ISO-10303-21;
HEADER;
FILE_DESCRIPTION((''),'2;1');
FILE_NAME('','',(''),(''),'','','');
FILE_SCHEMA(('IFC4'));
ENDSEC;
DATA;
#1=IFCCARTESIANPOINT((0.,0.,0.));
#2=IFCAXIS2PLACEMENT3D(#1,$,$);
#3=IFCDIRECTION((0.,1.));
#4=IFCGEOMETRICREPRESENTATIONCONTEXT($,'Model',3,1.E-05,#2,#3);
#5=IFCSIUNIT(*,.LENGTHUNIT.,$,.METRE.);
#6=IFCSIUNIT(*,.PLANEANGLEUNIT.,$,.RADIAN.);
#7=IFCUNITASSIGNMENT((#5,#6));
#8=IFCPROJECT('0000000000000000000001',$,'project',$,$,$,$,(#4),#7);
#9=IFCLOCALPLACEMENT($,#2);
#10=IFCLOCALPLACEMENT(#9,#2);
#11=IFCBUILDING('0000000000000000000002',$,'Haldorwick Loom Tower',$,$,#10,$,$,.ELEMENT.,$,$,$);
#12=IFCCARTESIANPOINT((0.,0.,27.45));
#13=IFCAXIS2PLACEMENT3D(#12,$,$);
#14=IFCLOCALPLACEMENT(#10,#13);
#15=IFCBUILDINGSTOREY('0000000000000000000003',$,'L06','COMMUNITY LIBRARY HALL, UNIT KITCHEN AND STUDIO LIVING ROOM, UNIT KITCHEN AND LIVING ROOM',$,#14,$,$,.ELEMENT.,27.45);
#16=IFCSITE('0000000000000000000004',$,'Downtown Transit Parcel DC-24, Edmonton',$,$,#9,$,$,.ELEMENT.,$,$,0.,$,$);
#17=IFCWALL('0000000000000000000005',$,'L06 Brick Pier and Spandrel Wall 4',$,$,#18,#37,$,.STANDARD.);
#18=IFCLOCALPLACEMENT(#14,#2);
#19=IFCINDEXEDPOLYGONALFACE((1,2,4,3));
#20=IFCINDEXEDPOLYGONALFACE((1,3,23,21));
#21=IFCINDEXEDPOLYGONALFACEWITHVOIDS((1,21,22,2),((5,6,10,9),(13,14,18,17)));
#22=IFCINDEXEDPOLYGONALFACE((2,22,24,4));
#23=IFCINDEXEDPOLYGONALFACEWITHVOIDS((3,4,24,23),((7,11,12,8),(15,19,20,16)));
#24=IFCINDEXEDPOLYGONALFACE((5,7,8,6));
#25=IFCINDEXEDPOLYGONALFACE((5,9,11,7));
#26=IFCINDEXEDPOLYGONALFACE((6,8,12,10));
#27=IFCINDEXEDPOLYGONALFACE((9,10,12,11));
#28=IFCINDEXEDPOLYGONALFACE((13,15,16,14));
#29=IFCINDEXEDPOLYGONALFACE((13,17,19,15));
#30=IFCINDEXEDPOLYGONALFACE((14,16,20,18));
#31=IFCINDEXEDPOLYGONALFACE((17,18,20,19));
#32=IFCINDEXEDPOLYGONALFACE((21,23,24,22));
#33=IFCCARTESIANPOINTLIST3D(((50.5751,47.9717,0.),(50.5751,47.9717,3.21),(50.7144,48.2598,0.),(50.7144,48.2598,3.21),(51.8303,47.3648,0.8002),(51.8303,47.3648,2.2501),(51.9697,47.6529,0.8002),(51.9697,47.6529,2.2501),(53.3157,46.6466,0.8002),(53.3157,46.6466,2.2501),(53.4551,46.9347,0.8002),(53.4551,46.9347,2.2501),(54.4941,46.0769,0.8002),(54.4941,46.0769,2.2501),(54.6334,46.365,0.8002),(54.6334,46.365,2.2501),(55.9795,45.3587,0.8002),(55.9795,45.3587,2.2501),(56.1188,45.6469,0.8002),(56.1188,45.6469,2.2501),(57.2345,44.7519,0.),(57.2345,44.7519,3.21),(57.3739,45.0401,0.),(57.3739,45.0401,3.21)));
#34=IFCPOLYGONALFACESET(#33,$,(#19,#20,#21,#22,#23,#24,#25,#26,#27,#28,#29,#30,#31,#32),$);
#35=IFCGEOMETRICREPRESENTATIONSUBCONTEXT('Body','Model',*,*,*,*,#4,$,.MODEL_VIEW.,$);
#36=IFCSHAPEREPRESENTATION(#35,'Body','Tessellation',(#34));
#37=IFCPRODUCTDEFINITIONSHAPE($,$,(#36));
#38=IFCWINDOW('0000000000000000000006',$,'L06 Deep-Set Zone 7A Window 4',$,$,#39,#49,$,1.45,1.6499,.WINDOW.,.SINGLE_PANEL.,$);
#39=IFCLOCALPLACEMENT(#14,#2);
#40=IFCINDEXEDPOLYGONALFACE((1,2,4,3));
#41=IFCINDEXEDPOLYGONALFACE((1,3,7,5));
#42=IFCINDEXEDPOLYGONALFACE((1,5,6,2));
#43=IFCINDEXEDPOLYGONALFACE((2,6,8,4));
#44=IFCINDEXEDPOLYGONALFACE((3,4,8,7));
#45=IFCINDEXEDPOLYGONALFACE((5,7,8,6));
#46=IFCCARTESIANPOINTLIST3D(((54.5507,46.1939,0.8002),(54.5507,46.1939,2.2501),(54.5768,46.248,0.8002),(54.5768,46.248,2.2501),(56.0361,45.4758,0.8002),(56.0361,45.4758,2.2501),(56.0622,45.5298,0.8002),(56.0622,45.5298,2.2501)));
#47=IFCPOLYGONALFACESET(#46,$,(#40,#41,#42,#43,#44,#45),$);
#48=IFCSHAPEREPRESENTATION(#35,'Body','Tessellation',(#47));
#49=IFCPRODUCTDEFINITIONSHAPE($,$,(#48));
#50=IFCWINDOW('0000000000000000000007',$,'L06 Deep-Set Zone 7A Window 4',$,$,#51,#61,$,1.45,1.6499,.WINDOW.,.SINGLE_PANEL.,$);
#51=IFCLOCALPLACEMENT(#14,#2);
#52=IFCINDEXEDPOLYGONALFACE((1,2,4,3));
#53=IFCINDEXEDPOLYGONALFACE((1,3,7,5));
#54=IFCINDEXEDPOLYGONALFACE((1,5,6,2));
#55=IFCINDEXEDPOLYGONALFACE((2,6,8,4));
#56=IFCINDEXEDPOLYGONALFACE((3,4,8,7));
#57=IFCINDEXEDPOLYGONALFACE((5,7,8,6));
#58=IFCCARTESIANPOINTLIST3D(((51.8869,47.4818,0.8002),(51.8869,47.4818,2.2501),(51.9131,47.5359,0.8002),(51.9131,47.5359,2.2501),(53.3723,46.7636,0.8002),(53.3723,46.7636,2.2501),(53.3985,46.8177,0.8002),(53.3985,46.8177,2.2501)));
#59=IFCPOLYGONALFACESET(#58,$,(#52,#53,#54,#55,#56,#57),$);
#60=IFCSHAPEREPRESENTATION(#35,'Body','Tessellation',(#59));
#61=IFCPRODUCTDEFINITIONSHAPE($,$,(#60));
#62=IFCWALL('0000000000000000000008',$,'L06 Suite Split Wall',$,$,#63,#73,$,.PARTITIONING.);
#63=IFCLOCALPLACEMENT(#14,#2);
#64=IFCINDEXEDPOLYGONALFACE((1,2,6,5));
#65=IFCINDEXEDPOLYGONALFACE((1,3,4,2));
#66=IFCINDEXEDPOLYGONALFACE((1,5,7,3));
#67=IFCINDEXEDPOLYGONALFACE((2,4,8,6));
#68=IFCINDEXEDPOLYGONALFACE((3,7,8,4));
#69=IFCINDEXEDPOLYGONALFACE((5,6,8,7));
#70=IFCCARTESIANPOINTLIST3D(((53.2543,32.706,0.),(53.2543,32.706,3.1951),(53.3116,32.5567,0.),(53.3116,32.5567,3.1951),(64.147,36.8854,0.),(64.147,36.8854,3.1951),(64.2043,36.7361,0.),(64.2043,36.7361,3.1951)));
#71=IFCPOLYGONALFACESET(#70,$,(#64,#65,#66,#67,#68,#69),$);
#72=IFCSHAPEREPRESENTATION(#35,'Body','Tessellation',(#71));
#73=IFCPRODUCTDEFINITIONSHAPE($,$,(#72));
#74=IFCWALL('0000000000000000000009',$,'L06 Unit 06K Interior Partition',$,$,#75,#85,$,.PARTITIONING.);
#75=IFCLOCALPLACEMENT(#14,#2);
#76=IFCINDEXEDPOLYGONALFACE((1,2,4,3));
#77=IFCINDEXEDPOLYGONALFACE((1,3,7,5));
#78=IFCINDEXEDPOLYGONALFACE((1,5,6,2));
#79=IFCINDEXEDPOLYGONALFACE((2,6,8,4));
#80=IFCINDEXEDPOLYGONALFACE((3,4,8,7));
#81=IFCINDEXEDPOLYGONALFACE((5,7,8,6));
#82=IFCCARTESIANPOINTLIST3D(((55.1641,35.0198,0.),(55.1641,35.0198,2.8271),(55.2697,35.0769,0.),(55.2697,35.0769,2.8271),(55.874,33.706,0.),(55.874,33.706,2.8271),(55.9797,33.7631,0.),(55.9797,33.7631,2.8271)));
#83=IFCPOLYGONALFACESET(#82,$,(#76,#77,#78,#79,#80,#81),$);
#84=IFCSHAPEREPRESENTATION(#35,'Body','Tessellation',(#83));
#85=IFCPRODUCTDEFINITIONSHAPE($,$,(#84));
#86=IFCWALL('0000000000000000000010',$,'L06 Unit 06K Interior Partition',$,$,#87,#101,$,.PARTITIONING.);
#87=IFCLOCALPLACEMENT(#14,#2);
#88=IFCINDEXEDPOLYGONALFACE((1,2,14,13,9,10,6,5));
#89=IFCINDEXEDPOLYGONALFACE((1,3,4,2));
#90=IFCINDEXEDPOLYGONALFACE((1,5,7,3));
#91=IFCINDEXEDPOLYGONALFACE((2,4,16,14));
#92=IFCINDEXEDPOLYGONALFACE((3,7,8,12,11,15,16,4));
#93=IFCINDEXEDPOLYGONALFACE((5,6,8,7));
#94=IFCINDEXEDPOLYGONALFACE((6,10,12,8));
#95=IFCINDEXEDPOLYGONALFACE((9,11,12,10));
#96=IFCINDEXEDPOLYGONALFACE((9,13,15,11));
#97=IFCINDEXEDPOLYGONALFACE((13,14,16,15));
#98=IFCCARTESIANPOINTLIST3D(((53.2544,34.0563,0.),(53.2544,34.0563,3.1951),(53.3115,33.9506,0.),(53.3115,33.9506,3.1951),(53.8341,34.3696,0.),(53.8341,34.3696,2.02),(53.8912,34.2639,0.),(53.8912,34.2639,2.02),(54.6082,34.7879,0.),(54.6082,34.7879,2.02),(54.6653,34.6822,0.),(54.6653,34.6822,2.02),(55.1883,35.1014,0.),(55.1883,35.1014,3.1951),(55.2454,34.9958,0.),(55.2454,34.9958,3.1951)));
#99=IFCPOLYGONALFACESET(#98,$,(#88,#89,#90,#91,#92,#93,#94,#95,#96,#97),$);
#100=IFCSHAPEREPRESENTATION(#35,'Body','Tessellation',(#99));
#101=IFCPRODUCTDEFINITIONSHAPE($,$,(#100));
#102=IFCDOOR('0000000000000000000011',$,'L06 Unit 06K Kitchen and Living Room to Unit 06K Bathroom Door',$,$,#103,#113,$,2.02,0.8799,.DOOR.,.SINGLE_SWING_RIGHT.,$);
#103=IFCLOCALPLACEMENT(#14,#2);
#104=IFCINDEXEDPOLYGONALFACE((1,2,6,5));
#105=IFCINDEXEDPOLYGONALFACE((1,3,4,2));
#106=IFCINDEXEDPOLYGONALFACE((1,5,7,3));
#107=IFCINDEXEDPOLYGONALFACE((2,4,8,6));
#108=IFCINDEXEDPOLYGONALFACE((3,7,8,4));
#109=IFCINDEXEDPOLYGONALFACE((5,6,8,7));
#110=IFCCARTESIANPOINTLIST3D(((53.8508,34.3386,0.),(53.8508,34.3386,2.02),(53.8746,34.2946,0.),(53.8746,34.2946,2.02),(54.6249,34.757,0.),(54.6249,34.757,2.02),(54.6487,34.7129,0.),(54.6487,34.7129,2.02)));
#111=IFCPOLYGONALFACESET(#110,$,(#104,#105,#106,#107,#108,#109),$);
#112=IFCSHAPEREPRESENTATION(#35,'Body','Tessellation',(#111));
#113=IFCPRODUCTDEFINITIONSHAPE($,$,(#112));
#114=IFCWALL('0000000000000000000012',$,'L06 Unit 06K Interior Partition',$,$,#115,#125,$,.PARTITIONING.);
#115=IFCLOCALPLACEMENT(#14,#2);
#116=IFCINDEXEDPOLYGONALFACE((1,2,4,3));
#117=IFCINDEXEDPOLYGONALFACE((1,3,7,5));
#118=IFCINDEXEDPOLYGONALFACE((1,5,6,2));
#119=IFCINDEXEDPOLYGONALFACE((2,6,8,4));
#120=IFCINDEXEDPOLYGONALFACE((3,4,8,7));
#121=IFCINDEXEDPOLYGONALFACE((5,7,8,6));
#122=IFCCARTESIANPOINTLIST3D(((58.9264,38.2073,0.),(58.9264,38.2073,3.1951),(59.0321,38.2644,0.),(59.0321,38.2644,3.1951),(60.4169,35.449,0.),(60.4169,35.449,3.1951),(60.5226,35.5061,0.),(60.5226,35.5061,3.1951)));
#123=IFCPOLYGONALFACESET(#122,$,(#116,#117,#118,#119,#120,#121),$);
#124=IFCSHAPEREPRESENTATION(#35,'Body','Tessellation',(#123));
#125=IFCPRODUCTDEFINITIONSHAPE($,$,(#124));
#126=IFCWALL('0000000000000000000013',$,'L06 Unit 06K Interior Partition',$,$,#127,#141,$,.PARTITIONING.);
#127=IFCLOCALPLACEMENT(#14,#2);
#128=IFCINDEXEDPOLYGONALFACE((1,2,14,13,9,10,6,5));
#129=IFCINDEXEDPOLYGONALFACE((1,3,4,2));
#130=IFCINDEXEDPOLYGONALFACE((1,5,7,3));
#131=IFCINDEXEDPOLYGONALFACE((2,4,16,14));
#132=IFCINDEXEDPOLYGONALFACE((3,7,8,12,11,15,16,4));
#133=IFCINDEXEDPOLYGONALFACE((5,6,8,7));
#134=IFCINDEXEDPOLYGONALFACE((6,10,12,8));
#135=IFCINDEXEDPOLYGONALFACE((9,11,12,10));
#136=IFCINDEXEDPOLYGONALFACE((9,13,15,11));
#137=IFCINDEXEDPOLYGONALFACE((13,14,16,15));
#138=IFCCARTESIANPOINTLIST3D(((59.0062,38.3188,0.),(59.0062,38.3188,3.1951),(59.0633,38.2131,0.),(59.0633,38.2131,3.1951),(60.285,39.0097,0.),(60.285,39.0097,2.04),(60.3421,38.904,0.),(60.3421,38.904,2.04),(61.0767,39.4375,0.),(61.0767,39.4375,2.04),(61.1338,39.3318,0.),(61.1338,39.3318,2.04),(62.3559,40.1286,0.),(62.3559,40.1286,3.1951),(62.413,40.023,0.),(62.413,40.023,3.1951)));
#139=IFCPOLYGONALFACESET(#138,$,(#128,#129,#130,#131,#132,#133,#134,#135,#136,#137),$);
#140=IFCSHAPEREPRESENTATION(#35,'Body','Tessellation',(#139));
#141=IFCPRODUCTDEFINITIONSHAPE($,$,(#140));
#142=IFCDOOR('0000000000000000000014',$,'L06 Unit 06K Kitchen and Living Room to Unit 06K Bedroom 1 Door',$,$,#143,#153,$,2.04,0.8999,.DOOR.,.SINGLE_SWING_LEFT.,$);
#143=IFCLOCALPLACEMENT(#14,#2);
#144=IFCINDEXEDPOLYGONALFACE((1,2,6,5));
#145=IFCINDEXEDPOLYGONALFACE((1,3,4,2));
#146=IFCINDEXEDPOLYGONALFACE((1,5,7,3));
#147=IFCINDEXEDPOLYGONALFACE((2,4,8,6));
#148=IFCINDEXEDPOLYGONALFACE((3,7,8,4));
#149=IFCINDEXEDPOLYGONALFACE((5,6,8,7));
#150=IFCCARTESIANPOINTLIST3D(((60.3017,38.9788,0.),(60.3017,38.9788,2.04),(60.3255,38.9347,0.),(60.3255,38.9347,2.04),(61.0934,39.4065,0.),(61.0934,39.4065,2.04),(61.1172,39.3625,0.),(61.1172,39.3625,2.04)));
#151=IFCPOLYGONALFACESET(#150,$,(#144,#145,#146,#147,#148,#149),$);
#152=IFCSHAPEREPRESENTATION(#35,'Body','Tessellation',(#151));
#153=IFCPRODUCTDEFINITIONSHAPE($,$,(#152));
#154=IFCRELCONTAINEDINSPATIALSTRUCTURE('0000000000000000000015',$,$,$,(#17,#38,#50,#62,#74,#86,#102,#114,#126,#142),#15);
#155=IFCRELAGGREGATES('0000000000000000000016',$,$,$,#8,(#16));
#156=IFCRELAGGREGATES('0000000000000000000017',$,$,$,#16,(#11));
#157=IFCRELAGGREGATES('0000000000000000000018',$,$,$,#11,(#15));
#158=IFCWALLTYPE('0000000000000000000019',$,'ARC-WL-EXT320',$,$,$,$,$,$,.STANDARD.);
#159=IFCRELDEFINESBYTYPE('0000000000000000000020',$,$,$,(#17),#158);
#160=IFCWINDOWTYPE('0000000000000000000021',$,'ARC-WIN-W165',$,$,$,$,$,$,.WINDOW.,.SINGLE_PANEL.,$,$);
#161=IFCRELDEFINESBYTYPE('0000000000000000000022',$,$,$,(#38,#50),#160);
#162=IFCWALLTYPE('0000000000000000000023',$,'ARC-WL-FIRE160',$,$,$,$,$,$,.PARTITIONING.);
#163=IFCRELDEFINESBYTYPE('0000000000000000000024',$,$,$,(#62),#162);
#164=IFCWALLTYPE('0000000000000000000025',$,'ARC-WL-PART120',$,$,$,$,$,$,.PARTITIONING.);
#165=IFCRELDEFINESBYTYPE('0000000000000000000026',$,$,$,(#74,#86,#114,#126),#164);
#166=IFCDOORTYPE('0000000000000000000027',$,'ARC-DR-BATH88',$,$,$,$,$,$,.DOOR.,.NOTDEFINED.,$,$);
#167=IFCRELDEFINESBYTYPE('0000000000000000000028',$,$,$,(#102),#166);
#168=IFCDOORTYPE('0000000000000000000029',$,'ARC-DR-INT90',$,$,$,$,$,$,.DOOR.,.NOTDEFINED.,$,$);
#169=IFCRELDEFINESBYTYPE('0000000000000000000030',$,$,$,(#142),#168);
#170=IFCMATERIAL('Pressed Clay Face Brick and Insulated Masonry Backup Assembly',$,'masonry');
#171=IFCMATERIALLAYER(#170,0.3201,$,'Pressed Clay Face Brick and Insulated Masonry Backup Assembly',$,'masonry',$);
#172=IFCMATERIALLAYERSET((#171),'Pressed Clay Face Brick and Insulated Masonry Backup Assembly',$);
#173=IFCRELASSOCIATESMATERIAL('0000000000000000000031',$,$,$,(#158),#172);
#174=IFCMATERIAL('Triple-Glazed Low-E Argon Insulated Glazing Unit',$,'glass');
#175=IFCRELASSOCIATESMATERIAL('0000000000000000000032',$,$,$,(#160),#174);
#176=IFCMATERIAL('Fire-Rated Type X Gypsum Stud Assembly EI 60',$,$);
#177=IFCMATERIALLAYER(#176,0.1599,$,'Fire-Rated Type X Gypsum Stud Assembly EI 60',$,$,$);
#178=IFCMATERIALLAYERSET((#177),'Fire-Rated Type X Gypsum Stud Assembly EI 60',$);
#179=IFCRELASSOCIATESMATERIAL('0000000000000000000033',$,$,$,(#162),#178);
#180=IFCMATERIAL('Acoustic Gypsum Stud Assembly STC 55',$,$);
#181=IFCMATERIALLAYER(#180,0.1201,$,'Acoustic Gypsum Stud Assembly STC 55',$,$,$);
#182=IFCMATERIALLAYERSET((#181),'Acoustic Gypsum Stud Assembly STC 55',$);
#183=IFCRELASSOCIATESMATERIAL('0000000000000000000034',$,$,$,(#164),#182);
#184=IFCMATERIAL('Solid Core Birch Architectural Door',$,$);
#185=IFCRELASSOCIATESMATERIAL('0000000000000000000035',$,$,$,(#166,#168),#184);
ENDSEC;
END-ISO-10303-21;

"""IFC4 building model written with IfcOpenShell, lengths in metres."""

from ifc_helpers import new_model, si_unit, direction, frame, frame_2d, origin, place, context, subcontext, project, spatial, rectangle, extrude, material, layer, layer_set, type_object, element, fill, save


model = new_model("IFC4")

# Units and contexts
model_context = context("Model", 3, precision=1e-05, world=origin(), true_north=direction((0.0, 1.0)))
body_context = subcontext(model_context, "Body", "Model", "MODEL_VIEW")
ifc_project = project(units=[si_unit("LENGTHUNIT", "METRE"), si_unit("PLANEANGLEUNIT", "RADIAN")], contexts=[model_context])

# Site, building, storey
site_placement = place(None, origin())
site = spatial("IfcSite", under=ifc_project, at=site_placement, Name="Downtown Transit Parcel DC-24, Edmonton", CompositionType="ELEMENT", RefElevation=0.0)
building_placement = place(site_placement, origin())
building = spatial("IfcBuilding", under=site, at=building_placement, Name="Haldorwick Loom Tower", CompositionType="ELEMENT")
storey_placement = place(building_placement, frame((0.0, 0.0, 27.45)))
storey = spatial("IfcBuildingStorey", under=building, at=storey_placement, Name="L06", Description="COMMUNITY LIBRARY HALL, UNIT KITCHEN AND STUDIO LIVING ROOM, UNIT KITCHEN AND LIVING ROOM", CompositionType="ELEMENT", Elevation=27.45)

# Shared definitions
ifc_material_1 = material(Name="Pressed Clay Face Brick and Insulated Masonry Backup Assembly", Category="masonry")
ifc_layer_1 = layer(ifc_material_1, 0.3201, Name="Pressed Clay Face Brick and Insulated Masonry Backup Assembly", Category="masonry")
ifc_layer_set_1 = layer_set([ifc_layer_1], Name="Pressed Clay Face Brick and Insulated Masonry Backup Assembly")
wall_type_1 = type_object("IfcWallType", Name="ARC-WL-EXT320", PredefinedType="STANDARD", material=ifc_layer_set_1)
ifc_material_2 = material(Name="Triple-Glazed Low-E Argon Insulated Glazing Unit", Category="glass")
window_type = type_object("IfcWindowType", Name="ARC-WIN-W165", PartitioningType="SINGLE_PANEL", PredefinedType="WINDOW", material=ifc_material_2)

# Wall, openings, windows
wall_1_placement = place(storey_placement, frame((57.3042, 44.896, 0.0), z_axis=(0.0, 0.0, 1.0), x_axis=(-0.900296, 0.435279, 0.0)))
wall_1 = element("IfcWall", 1, at=wall_1_placement, inside=storey, type_object=wall_type_1, Name="L06 Brick Pier and Spandrel Wall 4", PredefinedType="STANDARD", context=body_context, shape_type="SweptSolid", body=[
    extrude(rectangle(XDim=7.397, YDim=0.3201, at=frame_2d((3.6985, 0.0))), origin(), (0.0, 0.0, 1.0), 3.21),
])
opening_1_placement = place(wall_1_placement, frame((1.394, 0.0, 0.8)))
opening_1 = element("IfcOpeningElement", 2, at=opening_1_placement, cuts=wall_1, PredefinedType="OPENING", context=body_context, shape_type="SweptSolid", body=[
    extrude(rectangle(XDim=1.6499, YDim=1.45, at=frame_2d((0.825, 0.7251))), frame((0.0, 0.1699, 0.0), z_axis=(0.0, -1.0, 0.0), x_axis=(1.0, 0.0, 0.0)), (0.0, 0.0, 1.0), 0.3401),
])
opening_2_placement = place(wall_1_placement, frame((4.3528, 0.0, 0.8)))
opening_2 = element("IfcOpeningElement", 3, at=opening_2_placement, cuts=wall_1, PredefinedType="OPENING", context=body_context, shape_type="SweptSolid", body=[
    extrude(rectangle(XDim=1.6499, YDim=1.45, at=frame_2d((0.825, 0.7251))), frame((0.0, 0.1699, 0.0), z_axis=(0.0, -1.0, 0.0), x_axis=(1.0, 0.0, 0.0)), (0.0, 0.0, 1.0), 0.3401),
])
window_1_placement = place(opening_1_placement, origin())
window_1 = element("IfcWindow", 4, at=window_1_placement, inside=storey, type_object=window_type, Name="L06 Deep-Set Zone 7A Window 4", OverallHeight=1.45, OverallWidth=1.6499, PartitioningType="SINGLE_PANEL", PredefinedType="WINDOW", context=body_context, shape_type="SweptSolid", body=[
    extrude(rectangle(XDim=1.6499, YDim=1.45, at=frame_2d((0.825, 0.7251))), frame((0.0, 0.03, 0.0), z_axis=(0.0, -1.0, 0.0), x_axis=(1.0, 0.0, 0.0)), (0.0, 0.0, 1.0), 0.0601),
])
fill(opening_1, window_1)
window_2_placement = place(opening_2_placement, origin())
window_2 = element("IfcWindow", 5, at=window_2_placement, inside=storey, type_object=window_type, Name="L06 Deep-Set Zone 7A Window 4", OverallHeight=1.45, OverallWidth=1.6499, PartitioningType="SINGLE_PANEL", PredefinedType="WINDOW", context=body_context, shape_type="SweptSolid", body=[
    extrude(rectangle(XDim=1.6499, YDim=1.45, at=frame_2d((0.825, 0.7251))), frame((0.0, 0.03, 0.0), z_axis=(0.0, -1.0, 0.0), x_axis=(1.0, 0.0, 0.0)), (0.0, 0.0, 1.0), 0.0601),
])
fill(opening_2, window_2)

# Walls
ifc_material_3 = material(Name="Fire-Rated Type X Gypsum Stud Assembly EI 60")
ifc_layer_2 = layer(ifc_material_3, 0.1599, Name="Fire-Rated Type X Gypsum Stud Assembly EI 60")
ifc_layer_set_2 = layer_set([ifc_layer_2], Name="Fire-Rated Type X Gypsum Stud Assembly EI 60")
wall_type_2 = type_object("IfcWallType", Name="ARC-WL-FIRE160", PredefinedType="PARTITIONING", material=ifc_layer_set_2)
wall_2_placement = place(storey_placement, frame((53.283, 32.6313, 0.0), z_axis=(0.0, 0.0, 1.0), x_axis=(0.933635, 0.358225, 0.0)))
element("IfcWall", 6, at=wall_2_placement, inside=storey, type_object=wall_type_2, Name="L06 Suite Split Wall", PredefinedType="PARTITIONING", context=body_context, shape_type="SweptSolid", body=[
    extrude(rectangle(XDim=11.667, YDim=0.1599, at=frame_2d((5.8335, 0.0))), origin(), (0.0, 0.0, 1.0), 3.1951),
])
ifc_material_4 = material(Name="Acoustic Gypsum Stud Assembly STC 55")
ifc_layer_3 = layer(ifc_material_4, 0.1201, Name="Acoustic Gypsum Stud Assembly STC 55")
ifc_layer_set_3 = layer_set([ifc_layer_3], Name="Acoustic Gypsum Stud Assembly STC 55")
wall_type_3 = type_object("IfcWallType", Name="ARC-WL-PART120", PredefinedType="PARTITIONING", material=ifc_layer_set_3)
wall_3_placement = place(storey_placement, frame((55.9268, 33.7346, 0.0), z_axis=(0.0, 0.0, 1.0), x_axis=(-0.475367, 0.879788, 0.0)))
element("IfcWall", 7, at=wall_3_placement, inside=storey, type_object=wall_type_3, Name="L06 Unit 06K Interior Partition", PredefinedType="PARTITIONING", context=body_context, shape_type="SweptSolid", body=[
    extrude(rectangle(XDim=1.4934, YDim=0.1201, at=frame_2d((0.7466, 0.0))), origin(), (0.0, 0.0, 1.0), 2.8271),
])

# Wall, opening, door
wall_4_placement = place(storey_placement, frame((53.283, 34.0034, 0.0), z_axis=(0.0, 0.0, 1.0), x_axis=(0.879735, 0.475464, 0.0)))
wall_4 = element("IfcWall", 8, at=wall_4_placement, inside=storey, type_object=wall_type_3, Name="L06 Unit 06K Interior Partition", PredefinedType="PARTITIONING", context=body_context, shape_type="SweptSolid", body=[
    extrude(rectangle(XDim=2.1982, YDim=0.1201, at=frame_2d((1.0991, 0.0))), origin(), (0.0, 0.0, 1.0), 3.1951),
])
opening_3_placement = place(wall_4_placement, frame((0.6589, 0.0, 0.0)))
opening_3 = element("IfcOpeningElement", 9, at=opening_3_placement, cuts=wall_4, PredefinedType="OPENING", context=body_context, shape_type="SweptSolid", body=[
    extrude(rectangle(XDim=0.8799, YDim=2.02, at=frame_2d((0.4399, 1.01))), frame((0.0, 0.0701, 0.0), z_axis=(0.0, -1.0, 0.0), x_axis=(1.0, 0.0, 0.0)), (0.0, 0.0, 1.0), 0.1401),
])
ifc_material_5 = material(Name="Solid Core Birch Architectural Door")
door_type_1 = type_object("IfcDoorType", Name="ARC-DR-BATH88", OperationType="NOTDEFINED", PredefinedType="DOOR", material=ifc_material_5)
door_1_placement = place(opening_3_placement, origin())
door_1 = element("IfcDoor", 10, at=door_1_placement, inside=storey, type_object=door_type_1, Name="L06 Unit 06K Kitchen and Living Room to Unit 06K Bathroom Door", OperationType="SINGLE_SWING_RIGHT", OverallHeight=2.02, OverallWidth=0.8799, PredefinedType="DOOR", context=body_context, shape_type="SweptSolid", body=[
    extrude(rectangle(XDim=0.8799, YDim=2.02, at=frame_2d((0.4399, 1.01))), frame((0.0, 0.0249, 0.0), z_axis=(0.0, -1.0, 0.0), x_axis=(1.0, 0.0, 0.0)), (0.0, 0.0, 1.0), 0.05),
])
fill(opening_3, door_1)

# Wall
wall_5_placement = place(storey_placement, frame((60.4697, 35.4775, 0.0), z_axis=(0.0, 0.0, 1.0), x_axis=(-0.475395, 0.879773, 0.0)))
element("IfcWall", 11, at=wall_5_placement, inside=storey, type_object=wall_type_3, Name="L06 Unit 06K Interior Partition", PredefinedType="PARTITIONING", context=body_context, shape_type="SweptSolid", body=[
    extrude(rectangle(XDim=3.1353, YDim=0.1201, at=frame_2d((1.5676, 0.0))), origin(), (0.0, 0.0, 1.0), 3.1951),
])

# Wall, opening, door
wall_6_placement = place(storey_placement, frame((59.0347, 38.2659, 0.0), z_axis=(0.0, 0.0, 1.0), x_axis=(0.879793, 0.475357, 0.0)))
wall_6 = element("IfcWall", 12, at=wall_6_placement, inside=storey, type_object=wall_type_3, Name="L06 Unit 06K Interior Partition", PredefinedType="PARTITIONING", context=body_context, shape_type="SweptSolid", body=[
    extrude(rectangle(XDim=3.8074, YDim=0.1201, at=frame_2d((1.9038, 0.0))), origin(), (0.0, 0.0, 1.0), 3.1951),
])
opening_4_placement = place(wall_6_placement, frame((1.4536, 0.0, 0.0)))
opening_4 = element("IfcOpeningElement", 13, at=opening_4_placement, cuts=wall_6, PredefinedType="OPENING", context=body_context, shape_type="SweptSolid", body=[
    extrude(rectangle(XDim=0.8999, YDim=2.04, at=frame_2d((0.45, 1.02))), frame((0.0, 0.0701, 0.0), z_axis=(0.0, -1.0, 0.0), x_axis=(1.0, 0.0, 0.0)), (0.0, 0.0, 1.0), 0.1401),
])
door_type_2 = type_object("IfcDoorType", Name="ARC-DR-INT90", OperationType="NOTDEFINED", PredefinedType="DOOR", material=ifc_material_5)
door_2_placement = place(opening_4_placement, origin())
door_2 = element("IfcDoor", 14, at=door_2_placement, inside=storey, type_object=door_type_2, Name="L06 Unit 06K Kitchen and Living Room to Unit 06K Bedroom 1 Door", OperationType="SINGLE_SWING_LEFT", OverallHeight=2.04, OverallWidth=0.8999, PredefinedType="DOOR", context=body_context, shape_type="SweptSolid", body=[
    extrude(rectangle(XDim=0.8999, YDim=2.04, at=frame_2d((0.45, 1.02))), frame((0.0, 0.0249, 0.0), z_axis=(0.0, -1.0, 0.0), x_axis=(1.0, 0.0, 0.0)), (0.0, 0.0, 1.0), 0.05),
])
fill(opening_4, door_2)

save(model, "model.ifc")
